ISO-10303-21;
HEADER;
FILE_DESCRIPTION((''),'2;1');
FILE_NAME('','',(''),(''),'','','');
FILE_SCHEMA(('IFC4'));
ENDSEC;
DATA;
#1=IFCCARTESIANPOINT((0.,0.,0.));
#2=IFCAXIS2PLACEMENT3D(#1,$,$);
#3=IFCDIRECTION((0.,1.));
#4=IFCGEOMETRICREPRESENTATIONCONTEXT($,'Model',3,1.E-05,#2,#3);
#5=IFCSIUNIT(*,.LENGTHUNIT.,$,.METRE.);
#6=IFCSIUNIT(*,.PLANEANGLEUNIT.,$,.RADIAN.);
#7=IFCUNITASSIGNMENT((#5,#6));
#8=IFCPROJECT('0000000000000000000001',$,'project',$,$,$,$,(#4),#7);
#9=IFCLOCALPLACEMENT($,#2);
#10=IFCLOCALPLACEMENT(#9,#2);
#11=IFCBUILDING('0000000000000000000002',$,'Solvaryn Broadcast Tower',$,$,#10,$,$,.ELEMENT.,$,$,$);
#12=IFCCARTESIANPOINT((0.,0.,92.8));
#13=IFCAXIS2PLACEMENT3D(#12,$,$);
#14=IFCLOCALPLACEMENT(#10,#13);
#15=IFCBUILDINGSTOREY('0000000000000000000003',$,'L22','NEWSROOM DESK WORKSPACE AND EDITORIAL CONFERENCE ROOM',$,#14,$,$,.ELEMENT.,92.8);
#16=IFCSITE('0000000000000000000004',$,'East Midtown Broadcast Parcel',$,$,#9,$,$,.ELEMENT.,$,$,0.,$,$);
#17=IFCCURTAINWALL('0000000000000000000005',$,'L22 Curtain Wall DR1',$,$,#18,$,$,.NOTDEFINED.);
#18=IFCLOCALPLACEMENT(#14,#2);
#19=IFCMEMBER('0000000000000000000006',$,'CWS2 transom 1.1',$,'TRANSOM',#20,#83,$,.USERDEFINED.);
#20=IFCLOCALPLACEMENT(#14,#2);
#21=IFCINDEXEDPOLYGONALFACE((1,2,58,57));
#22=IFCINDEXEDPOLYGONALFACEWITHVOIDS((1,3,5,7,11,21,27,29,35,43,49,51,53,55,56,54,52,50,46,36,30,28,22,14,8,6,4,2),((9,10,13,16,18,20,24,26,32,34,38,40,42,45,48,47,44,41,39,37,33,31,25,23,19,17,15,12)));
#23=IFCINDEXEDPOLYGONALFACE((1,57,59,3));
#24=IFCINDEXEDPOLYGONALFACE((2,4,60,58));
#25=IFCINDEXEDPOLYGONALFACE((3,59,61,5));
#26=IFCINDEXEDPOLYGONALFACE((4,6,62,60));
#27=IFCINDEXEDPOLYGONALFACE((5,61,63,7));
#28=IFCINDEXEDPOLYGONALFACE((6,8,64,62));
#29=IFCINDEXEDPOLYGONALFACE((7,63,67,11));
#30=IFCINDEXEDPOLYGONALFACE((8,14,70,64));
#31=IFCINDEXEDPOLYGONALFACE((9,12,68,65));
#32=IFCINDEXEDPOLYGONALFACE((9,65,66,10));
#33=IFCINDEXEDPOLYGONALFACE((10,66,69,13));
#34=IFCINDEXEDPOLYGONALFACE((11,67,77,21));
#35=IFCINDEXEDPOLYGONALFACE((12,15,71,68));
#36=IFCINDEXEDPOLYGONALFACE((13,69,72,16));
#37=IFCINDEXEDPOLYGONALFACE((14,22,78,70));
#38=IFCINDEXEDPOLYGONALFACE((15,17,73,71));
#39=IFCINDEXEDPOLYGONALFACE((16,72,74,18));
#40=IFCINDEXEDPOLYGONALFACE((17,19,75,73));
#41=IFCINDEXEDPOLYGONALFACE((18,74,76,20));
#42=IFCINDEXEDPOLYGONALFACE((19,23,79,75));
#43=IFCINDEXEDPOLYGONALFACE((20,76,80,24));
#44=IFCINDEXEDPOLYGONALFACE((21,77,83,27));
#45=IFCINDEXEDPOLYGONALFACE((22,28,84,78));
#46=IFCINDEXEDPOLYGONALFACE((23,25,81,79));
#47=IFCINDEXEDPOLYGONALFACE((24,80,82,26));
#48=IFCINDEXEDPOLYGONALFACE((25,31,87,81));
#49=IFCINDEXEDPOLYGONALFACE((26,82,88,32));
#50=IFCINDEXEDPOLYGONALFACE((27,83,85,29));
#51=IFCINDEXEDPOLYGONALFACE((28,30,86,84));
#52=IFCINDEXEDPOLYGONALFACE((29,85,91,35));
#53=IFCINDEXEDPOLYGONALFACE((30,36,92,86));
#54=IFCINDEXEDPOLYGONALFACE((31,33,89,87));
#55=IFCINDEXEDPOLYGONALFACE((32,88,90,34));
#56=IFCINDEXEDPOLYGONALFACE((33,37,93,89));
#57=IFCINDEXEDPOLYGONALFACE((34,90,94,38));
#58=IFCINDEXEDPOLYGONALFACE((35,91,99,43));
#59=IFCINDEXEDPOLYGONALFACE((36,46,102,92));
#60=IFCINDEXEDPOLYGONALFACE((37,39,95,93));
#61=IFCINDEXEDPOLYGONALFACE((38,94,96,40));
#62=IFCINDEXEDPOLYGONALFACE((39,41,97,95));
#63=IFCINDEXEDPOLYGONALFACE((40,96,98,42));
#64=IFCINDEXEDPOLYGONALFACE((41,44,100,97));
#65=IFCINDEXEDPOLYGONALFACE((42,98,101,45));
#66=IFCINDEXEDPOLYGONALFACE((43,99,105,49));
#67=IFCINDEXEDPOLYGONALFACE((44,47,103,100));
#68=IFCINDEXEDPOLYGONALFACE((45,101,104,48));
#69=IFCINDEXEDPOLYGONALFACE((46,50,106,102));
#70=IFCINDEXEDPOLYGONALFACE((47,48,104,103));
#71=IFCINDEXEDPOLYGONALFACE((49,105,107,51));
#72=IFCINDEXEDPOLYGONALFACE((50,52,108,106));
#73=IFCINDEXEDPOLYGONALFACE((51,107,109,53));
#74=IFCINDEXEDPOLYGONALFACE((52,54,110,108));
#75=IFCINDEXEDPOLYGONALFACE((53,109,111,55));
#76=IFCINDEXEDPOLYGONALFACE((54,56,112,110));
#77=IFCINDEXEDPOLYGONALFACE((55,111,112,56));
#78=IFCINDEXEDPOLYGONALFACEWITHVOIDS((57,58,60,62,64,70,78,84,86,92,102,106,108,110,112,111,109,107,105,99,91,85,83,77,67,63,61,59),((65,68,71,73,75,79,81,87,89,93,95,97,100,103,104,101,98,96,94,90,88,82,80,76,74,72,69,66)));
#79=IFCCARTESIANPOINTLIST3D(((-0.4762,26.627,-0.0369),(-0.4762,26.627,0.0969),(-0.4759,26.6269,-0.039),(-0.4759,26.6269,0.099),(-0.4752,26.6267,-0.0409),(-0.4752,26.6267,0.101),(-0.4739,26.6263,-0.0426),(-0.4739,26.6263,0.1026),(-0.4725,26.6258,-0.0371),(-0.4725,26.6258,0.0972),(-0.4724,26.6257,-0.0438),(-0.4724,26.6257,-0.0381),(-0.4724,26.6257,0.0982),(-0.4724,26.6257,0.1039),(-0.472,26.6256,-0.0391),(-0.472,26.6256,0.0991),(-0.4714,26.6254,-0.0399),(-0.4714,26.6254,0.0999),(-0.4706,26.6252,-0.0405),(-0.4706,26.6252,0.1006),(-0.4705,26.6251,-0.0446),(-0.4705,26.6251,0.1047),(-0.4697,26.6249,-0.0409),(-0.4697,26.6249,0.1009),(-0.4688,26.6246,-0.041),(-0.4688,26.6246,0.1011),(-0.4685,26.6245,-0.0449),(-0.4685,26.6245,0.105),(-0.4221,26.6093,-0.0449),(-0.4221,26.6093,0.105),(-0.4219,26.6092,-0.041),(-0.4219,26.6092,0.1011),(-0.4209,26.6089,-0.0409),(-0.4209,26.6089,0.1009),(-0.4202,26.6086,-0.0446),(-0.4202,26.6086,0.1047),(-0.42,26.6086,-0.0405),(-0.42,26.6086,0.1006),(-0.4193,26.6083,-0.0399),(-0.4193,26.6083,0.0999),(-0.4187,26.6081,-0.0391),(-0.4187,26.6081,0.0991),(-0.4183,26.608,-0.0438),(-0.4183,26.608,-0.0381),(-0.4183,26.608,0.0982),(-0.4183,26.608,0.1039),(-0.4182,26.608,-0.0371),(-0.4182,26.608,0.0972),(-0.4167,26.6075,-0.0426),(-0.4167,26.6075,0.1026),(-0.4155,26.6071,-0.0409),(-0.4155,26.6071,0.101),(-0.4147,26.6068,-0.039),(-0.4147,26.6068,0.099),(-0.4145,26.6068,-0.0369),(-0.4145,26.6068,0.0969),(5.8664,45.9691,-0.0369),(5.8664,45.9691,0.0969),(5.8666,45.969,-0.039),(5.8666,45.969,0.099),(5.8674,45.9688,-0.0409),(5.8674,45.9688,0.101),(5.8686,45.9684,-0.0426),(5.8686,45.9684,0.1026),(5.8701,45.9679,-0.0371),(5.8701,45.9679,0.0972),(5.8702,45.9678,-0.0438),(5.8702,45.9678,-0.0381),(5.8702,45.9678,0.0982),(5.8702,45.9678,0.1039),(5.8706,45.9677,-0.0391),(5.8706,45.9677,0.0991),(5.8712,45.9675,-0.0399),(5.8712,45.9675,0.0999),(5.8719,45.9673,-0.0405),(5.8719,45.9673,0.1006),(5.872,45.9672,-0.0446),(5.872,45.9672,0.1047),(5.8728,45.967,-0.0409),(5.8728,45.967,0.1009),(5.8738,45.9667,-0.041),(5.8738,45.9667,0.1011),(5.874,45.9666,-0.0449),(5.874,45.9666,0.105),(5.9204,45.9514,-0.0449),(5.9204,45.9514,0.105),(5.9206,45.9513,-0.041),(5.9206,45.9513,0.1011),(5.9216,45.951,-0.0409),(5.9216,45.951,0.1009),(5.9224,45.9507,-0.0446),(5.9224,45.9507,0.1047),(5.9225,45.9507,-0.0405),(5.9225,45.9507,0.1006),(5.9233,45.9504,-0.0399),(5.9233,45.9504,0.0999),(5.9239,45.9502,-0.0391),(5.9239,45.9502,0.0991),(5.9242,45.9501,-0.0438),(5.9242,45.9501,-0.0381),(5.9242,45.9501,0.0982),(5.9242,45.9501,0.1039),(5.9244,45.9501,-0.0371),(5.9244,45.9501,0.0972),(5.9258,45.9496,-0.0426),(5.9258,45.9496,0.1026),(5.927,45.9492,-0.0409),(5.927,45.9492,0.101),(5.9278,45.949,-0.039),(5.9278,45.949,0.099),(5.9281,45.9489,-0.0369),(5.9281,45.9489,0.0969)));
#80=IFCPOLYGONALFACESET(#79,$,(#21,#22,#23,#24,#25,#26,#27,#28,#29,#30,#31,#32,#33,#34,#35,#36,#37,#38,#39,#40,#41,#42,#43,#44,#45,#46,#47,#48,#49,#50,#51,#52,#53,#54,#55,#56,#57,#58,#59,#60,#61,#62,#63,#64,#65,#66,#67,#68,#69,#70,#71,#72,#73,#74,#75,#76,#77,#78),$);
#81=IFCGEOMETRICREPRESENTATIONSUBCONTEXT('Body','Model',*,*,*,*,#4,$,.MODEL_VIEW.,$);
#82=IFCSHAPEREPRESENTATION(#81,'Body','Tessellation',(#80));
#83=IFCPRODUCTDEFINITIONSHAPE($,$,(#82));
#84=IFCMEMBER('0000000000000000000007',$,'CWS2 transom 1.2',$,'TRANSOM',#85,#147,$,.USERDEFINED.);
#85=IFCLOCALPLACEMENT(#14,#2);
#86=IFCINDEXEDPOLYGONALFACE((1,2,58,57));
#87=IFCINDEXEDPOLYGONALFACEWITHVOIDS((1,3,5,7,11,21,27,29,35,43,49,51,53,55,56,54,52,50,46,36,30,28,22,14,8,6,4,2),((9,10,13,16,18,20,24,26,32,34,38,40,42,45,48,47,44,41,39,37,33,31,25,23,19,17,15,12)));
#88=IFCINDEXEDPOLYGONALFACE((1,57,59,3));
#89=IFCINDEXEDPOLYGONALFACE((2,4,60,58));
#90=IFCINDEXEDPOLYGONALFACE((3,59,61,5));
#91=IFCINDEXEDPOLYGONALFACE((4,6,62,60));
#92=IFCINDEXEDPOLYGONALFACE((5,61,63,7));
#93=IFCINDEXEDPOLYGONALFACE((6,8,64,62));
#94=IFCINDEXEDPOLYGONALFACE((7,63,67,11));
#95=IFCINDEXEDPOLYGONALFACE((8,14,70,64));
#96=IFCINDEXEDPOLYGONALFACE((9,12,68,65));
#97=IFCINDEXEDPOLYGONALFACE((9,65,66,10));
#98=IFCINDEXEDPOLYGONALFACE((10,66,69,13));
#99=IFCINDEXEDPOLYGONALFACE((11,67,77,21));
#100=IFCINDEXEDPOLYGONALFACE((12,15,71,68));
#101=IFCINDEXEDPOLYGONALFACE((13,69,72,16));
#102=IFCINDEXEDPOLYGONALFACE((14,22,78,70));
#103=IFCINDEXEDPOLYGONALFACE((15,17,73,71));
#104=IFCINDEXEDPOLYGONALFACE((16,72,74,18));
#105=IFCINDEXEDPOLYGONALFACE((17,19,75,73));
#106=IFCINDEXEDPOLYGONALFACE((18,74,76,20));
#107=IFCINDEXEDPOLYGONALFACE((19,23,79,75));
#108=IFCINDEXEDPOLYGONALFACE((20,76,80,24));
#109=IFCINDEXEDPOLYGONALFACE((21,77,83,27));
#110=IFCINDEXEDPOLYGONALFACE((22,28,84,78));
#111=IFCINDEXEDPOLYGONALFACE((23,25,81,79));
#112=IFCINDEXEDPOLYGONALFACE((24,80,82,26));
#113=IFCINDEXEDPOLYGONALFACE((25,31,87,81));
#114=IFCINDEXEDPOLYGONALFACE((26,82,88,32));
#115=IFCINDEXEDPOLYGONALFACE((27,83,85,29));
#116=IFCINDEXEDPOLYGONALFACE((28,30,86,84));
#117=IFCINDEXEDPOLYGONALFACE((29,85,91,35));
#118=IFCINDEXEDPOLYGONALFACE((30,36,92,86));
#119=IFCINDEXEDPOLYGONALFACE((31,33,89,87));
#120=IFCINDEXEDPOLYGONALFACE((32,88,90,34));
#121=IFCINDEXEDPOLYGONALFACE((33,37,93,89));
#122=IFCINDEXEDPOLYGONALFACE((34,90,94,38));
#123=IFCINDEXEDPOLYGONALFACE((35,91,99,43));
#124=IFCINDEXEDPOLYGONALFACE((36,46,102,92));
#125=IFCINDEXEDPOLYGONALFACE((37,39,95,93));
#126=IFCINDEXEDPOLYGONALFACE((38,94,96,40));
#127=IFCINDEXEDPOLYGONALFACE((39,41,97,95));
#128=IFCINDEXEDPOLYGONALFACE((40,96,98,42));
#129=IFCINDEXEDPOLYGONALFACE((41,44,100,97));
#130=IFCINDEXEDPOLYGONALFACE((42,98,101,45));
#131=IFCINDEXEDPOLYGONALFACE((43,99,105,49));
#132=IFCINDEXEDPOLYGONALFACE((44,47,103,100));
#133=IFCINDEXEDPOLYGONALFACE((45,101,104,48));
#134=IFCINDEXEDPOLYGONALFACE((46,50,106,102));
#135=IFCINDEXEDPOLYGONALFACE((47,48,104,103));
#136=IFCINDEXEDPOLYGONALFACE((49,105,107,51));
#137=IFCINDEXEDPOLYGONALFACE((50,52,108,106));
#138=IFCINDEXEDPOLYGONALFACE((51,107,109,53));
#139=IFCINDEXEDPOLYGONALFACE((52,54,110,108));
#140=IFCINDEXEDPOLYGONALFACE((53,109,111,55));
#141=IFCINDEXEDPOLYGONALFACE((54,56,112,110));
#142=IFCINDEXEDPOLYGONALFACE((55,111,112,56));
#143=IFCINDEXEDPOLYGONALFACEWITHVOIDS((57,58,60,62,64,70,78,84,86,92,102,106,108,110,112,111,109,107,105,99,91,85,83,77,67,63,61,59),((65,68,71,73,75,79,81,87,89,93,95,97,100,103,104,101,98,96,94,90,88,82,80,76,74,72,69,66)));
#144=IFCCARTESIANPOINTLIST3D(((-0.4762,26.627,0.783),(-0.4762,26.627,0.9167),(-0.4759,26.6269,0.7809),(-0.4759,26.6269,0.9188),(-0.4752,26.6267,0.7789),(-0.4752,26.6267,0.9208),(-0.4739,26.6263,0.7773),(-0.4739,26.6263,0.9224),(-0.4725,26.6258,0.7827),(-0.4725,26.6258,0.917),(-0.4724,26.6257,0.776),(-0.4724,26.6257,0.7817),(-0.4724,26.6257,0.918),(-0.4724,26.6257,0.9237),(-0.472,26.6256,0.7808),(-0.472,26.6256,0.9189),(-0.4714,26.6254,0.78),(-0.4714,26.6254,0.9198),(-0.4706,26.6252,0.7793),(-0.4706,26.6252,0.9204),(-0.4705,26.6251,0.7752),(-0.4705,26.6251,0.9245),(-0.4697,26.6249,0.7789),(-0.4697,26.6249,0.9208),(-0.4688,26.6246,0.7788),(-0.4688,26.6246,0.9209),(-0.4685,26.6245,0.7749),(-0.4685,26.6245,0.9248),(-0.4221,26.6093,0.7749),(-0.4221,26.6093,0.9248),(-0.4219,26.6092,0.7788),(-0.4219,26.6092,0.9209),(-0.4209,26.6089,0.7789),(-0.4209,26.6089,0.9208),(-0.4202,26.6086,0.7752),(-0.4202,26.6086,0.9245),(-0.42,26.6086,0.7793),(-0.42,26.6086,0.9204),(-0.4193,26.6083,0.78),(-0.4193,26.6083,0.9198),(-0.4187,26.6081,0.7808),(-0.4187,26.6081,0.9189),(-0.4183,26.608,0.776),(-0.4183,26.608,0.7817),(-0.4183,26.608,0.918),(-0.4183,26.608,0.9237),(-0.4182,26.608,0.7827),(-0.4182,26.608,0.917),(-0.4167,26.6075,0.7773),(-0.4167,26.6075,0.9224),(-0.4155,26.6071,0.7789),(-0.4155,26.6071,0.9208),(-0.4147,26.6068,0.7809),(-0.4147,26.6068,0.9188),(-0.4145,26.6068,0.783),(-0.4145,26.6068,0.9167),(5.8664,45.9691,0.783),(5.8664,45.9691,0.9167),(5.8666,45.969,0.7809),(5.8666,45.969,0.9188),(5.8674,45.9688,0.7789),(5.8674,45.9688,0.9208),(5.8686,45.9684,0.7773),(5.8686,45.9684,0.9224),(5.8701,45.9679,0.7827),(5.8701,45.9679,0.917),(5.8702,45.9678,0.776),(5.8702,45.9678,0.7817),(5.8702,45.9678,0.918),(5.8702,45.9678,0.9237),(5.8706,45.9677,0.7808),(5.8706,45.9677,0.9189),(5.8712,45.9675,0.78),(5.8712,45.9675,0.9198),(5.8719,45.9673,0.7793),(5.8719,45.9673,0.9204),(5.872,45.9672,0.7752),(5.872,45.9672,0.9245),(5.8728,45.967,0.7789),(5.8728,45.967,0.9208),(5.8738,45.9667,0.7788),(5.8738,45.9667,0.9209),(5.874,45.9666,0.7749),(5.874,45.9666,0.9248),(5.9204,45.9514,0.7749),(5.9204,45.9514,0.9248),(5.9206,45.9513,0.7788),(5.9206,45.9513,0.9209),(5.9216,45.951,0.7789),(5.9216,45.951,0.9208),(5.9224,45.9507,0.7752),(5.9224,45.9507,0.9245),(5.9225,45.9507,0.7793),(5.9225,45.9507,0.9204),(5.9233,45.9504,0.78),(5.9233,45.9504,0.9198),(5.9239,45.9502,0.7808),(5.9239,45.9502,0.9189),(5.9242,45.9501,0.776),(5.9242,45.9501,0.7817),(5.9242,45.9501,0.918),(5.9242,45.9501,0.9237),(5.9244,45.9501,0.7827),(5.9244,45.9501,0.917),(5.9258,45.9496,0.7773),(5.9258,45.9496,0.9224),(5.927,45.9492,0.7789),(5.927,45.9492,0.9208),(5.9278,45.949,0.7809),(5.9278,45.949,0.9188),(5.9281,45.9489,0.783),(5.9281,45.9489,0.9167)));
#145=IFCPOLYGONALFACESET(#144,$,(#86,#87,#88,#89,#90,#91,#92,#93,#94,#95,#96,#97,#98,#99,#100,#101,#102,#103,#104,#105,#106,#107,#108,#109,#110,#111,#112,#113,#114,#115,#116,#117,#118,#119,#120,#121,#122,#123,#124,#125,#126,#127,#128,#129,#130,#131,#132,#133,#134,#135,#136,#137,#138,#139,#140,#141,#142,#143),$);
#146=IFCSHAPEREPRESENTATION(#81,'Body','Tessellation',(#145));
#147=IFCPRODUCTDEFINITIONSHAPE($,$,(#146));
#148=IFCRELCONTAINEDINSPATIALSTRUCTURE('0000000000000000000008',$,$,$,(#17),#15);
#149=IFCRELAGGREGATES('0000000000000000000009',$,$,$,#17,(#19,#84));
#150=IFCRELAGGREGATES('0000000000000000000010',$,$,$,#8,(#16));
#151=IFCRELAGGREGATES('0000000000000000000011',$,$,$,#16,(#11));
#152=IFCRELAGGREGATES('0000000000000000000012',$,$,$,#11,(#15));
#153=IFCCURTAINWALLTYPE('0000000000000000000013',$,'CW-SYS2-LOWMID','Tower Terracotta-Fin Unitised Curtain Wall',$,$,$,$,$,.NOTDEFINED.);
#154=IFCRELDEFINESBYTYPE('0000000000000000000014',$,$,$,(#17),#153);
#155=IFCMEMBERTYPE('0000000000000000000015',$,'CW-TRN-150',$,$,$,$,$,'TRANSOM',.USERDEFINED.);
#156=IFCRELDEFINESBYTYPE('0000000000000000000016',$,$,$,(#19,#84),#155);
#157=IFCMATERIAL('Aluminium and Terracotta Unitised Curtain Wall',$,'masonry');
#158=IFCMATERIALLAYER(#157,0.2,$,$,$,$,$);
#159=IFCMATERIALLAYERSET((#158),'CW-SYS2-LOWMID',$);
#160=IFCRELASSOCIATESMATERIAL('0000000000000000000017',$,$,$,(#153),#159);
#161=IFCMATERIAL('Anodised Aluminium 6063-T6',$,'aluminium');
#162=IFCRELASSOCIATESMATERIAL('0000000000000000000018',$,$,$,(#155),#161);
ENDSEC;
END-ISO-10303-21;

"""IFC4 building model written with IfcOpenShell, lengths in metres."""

from ifc_helpers import new_model, si_unit, direction, frame, origin, origin_2d, place, context, subcontext, project, spatial, hollow_rectangle, extrude, material, layer, layer_set, material_profile, profile_set, type_object, element, aggregate, save


model = new_model("IFC4")

# Units and contexts
model_context = context("Model", 3, precision=1e-05, world=origin(), true_north=direction((0.0, 1.0)))
body_context = subcontext(model_context, "Body", "Model", "MODEL_VIEW")
ifc_project = project(units=[si_unit("LENGTHUNIT", "METRE"), si_unit("PLANEANGLEUNIT", "RADIAN")], contexts=[model_context])

# Site, building, storey
site_placement = place(None, origin())
site = spatial("IfcSite", under=ifc_project, at=site_placement, Name="East Midtown Broadcast Parcel", CompositionType="ELEMENT", RefElevation=0.0)
building_placement = place(site_placement, origin())
building = spatial("IfcBuilding", under=site, at=building_placement, Name="Solvaryn Broadcast Tower", CompositionType="ELEMENT")
storey_placement = place(building_placement, frame((0.0, 0.0, 92.8)))
storey = spatial("IfcBuildingStorey", under=building, at=storey_placement, Name="L22", Description="NEWSROOM DESK WORKSPACE AND EDITORIAL CONFERENCE ROOM", CompositionType="ELEMENT", Elevation=92.8)

# Curtain wall
ifc_material_1 = material(Name="Aluminium and Terracotta Unitised Curtain Wall", Category="masonry")
ifc_layer_1 = layer(ifc_material_1, 0.2)
ifc_layer_set_1 = layer_set([ifc_layer_1], Name="CW-SYS2-LOWMID")
curtain_wall_type = type_object("IfcCurtainWallType", Name="CW-SYS2-LOWMID", Description="Tower Terracotta-Fin Unitised Curtain Wall", PredefinedType="NOTDEFINED", material=ifc_layer_set_1)
curtain_wall_1_placement = place(storey_placement, origin())
curtain_wall_1 = element("IfcCurtainWall", 1, at=curtain_wall_1_placement, inside=storey, type_object=curtain_wall_type, Name="L22 Curtain Wall DR1", PredefinedType="NOTDEFINED")

# Members
ifc_material_2 = material(Name="Anodised Aluminium 6063-T6", Category="aluminium")
ifc_material_profile_1 = material_profile(ifc_material_2, hollow_rectangle(XDim=0.0649, YDim=0.1499, WallThickness=0.0039, InnerFilletRadius=0.0039, OuterFilletRadius=0.0081, at=origin_2d()))
ifc_profile_set_1 = profile_set([ifc_material_profile_1], Name="Anodised Aluminium 6063-T6")
member_type_1 = type_object("IfcMemberType", Name="CW-TRN-150", ElementType="TRANSOM", PredefinedType="USERDEFINED", material=ifc_profile_set_1)
member_1_placement = place(storey_placement, frame((5.8972, 45.959, 0.03), z_axis=(-0.31159, -0.950217, 0.0), x_axis=(0.950217, -0.31159, 0.0)))
member_1 = element("IfcMember", 2, at=member_1_placement, type_object=member_type_1, Name="CWS2 transom 1.1", ObjectType="TRANSOM", PredefinedType="USERDEFINED", context=body_context, shape_type="SweptSolid", body=[
    extrude(hollow_rectangle(XDim=0.0649, YDim=0.1499, WallThickness=0.0039, InnerFilletRadius=0.0039, OuterFilletRadius=0.0081, at=origin_2d()), origin(), (0.0, 0.0, 1.0), 20.3555),
])
member_2_placement = place(storey_placement, frame((5.8972, 45.959, 0.8499), z_axis=(-0.31159, -0.950217, 0.0), x_axis=(0.950217, -0.31159, 0.0)))
member_2 = element("IfcMember", 3, at=member_2_placement, type_object=member_type_1, Name="CWS2 transom 1.2", ObjectType="TRANSOM", PredefinedType="USERDEFINED", context=body_context, shape_type="SweptSolid", body=[
    extrude(hollow_rectangle(XDim=0.0649, YDim=0.1499, WallThickness=0.0039, InnerFilletRadius=0.0039, OuterFilletRadius=0.0081, at=origin_2d()), origin(), (0.0, 0.0, 1.0), 20.3555),
])
aggregate(curtain_wall_1, [member_1, member_2])

save(model, "model.ifc")
